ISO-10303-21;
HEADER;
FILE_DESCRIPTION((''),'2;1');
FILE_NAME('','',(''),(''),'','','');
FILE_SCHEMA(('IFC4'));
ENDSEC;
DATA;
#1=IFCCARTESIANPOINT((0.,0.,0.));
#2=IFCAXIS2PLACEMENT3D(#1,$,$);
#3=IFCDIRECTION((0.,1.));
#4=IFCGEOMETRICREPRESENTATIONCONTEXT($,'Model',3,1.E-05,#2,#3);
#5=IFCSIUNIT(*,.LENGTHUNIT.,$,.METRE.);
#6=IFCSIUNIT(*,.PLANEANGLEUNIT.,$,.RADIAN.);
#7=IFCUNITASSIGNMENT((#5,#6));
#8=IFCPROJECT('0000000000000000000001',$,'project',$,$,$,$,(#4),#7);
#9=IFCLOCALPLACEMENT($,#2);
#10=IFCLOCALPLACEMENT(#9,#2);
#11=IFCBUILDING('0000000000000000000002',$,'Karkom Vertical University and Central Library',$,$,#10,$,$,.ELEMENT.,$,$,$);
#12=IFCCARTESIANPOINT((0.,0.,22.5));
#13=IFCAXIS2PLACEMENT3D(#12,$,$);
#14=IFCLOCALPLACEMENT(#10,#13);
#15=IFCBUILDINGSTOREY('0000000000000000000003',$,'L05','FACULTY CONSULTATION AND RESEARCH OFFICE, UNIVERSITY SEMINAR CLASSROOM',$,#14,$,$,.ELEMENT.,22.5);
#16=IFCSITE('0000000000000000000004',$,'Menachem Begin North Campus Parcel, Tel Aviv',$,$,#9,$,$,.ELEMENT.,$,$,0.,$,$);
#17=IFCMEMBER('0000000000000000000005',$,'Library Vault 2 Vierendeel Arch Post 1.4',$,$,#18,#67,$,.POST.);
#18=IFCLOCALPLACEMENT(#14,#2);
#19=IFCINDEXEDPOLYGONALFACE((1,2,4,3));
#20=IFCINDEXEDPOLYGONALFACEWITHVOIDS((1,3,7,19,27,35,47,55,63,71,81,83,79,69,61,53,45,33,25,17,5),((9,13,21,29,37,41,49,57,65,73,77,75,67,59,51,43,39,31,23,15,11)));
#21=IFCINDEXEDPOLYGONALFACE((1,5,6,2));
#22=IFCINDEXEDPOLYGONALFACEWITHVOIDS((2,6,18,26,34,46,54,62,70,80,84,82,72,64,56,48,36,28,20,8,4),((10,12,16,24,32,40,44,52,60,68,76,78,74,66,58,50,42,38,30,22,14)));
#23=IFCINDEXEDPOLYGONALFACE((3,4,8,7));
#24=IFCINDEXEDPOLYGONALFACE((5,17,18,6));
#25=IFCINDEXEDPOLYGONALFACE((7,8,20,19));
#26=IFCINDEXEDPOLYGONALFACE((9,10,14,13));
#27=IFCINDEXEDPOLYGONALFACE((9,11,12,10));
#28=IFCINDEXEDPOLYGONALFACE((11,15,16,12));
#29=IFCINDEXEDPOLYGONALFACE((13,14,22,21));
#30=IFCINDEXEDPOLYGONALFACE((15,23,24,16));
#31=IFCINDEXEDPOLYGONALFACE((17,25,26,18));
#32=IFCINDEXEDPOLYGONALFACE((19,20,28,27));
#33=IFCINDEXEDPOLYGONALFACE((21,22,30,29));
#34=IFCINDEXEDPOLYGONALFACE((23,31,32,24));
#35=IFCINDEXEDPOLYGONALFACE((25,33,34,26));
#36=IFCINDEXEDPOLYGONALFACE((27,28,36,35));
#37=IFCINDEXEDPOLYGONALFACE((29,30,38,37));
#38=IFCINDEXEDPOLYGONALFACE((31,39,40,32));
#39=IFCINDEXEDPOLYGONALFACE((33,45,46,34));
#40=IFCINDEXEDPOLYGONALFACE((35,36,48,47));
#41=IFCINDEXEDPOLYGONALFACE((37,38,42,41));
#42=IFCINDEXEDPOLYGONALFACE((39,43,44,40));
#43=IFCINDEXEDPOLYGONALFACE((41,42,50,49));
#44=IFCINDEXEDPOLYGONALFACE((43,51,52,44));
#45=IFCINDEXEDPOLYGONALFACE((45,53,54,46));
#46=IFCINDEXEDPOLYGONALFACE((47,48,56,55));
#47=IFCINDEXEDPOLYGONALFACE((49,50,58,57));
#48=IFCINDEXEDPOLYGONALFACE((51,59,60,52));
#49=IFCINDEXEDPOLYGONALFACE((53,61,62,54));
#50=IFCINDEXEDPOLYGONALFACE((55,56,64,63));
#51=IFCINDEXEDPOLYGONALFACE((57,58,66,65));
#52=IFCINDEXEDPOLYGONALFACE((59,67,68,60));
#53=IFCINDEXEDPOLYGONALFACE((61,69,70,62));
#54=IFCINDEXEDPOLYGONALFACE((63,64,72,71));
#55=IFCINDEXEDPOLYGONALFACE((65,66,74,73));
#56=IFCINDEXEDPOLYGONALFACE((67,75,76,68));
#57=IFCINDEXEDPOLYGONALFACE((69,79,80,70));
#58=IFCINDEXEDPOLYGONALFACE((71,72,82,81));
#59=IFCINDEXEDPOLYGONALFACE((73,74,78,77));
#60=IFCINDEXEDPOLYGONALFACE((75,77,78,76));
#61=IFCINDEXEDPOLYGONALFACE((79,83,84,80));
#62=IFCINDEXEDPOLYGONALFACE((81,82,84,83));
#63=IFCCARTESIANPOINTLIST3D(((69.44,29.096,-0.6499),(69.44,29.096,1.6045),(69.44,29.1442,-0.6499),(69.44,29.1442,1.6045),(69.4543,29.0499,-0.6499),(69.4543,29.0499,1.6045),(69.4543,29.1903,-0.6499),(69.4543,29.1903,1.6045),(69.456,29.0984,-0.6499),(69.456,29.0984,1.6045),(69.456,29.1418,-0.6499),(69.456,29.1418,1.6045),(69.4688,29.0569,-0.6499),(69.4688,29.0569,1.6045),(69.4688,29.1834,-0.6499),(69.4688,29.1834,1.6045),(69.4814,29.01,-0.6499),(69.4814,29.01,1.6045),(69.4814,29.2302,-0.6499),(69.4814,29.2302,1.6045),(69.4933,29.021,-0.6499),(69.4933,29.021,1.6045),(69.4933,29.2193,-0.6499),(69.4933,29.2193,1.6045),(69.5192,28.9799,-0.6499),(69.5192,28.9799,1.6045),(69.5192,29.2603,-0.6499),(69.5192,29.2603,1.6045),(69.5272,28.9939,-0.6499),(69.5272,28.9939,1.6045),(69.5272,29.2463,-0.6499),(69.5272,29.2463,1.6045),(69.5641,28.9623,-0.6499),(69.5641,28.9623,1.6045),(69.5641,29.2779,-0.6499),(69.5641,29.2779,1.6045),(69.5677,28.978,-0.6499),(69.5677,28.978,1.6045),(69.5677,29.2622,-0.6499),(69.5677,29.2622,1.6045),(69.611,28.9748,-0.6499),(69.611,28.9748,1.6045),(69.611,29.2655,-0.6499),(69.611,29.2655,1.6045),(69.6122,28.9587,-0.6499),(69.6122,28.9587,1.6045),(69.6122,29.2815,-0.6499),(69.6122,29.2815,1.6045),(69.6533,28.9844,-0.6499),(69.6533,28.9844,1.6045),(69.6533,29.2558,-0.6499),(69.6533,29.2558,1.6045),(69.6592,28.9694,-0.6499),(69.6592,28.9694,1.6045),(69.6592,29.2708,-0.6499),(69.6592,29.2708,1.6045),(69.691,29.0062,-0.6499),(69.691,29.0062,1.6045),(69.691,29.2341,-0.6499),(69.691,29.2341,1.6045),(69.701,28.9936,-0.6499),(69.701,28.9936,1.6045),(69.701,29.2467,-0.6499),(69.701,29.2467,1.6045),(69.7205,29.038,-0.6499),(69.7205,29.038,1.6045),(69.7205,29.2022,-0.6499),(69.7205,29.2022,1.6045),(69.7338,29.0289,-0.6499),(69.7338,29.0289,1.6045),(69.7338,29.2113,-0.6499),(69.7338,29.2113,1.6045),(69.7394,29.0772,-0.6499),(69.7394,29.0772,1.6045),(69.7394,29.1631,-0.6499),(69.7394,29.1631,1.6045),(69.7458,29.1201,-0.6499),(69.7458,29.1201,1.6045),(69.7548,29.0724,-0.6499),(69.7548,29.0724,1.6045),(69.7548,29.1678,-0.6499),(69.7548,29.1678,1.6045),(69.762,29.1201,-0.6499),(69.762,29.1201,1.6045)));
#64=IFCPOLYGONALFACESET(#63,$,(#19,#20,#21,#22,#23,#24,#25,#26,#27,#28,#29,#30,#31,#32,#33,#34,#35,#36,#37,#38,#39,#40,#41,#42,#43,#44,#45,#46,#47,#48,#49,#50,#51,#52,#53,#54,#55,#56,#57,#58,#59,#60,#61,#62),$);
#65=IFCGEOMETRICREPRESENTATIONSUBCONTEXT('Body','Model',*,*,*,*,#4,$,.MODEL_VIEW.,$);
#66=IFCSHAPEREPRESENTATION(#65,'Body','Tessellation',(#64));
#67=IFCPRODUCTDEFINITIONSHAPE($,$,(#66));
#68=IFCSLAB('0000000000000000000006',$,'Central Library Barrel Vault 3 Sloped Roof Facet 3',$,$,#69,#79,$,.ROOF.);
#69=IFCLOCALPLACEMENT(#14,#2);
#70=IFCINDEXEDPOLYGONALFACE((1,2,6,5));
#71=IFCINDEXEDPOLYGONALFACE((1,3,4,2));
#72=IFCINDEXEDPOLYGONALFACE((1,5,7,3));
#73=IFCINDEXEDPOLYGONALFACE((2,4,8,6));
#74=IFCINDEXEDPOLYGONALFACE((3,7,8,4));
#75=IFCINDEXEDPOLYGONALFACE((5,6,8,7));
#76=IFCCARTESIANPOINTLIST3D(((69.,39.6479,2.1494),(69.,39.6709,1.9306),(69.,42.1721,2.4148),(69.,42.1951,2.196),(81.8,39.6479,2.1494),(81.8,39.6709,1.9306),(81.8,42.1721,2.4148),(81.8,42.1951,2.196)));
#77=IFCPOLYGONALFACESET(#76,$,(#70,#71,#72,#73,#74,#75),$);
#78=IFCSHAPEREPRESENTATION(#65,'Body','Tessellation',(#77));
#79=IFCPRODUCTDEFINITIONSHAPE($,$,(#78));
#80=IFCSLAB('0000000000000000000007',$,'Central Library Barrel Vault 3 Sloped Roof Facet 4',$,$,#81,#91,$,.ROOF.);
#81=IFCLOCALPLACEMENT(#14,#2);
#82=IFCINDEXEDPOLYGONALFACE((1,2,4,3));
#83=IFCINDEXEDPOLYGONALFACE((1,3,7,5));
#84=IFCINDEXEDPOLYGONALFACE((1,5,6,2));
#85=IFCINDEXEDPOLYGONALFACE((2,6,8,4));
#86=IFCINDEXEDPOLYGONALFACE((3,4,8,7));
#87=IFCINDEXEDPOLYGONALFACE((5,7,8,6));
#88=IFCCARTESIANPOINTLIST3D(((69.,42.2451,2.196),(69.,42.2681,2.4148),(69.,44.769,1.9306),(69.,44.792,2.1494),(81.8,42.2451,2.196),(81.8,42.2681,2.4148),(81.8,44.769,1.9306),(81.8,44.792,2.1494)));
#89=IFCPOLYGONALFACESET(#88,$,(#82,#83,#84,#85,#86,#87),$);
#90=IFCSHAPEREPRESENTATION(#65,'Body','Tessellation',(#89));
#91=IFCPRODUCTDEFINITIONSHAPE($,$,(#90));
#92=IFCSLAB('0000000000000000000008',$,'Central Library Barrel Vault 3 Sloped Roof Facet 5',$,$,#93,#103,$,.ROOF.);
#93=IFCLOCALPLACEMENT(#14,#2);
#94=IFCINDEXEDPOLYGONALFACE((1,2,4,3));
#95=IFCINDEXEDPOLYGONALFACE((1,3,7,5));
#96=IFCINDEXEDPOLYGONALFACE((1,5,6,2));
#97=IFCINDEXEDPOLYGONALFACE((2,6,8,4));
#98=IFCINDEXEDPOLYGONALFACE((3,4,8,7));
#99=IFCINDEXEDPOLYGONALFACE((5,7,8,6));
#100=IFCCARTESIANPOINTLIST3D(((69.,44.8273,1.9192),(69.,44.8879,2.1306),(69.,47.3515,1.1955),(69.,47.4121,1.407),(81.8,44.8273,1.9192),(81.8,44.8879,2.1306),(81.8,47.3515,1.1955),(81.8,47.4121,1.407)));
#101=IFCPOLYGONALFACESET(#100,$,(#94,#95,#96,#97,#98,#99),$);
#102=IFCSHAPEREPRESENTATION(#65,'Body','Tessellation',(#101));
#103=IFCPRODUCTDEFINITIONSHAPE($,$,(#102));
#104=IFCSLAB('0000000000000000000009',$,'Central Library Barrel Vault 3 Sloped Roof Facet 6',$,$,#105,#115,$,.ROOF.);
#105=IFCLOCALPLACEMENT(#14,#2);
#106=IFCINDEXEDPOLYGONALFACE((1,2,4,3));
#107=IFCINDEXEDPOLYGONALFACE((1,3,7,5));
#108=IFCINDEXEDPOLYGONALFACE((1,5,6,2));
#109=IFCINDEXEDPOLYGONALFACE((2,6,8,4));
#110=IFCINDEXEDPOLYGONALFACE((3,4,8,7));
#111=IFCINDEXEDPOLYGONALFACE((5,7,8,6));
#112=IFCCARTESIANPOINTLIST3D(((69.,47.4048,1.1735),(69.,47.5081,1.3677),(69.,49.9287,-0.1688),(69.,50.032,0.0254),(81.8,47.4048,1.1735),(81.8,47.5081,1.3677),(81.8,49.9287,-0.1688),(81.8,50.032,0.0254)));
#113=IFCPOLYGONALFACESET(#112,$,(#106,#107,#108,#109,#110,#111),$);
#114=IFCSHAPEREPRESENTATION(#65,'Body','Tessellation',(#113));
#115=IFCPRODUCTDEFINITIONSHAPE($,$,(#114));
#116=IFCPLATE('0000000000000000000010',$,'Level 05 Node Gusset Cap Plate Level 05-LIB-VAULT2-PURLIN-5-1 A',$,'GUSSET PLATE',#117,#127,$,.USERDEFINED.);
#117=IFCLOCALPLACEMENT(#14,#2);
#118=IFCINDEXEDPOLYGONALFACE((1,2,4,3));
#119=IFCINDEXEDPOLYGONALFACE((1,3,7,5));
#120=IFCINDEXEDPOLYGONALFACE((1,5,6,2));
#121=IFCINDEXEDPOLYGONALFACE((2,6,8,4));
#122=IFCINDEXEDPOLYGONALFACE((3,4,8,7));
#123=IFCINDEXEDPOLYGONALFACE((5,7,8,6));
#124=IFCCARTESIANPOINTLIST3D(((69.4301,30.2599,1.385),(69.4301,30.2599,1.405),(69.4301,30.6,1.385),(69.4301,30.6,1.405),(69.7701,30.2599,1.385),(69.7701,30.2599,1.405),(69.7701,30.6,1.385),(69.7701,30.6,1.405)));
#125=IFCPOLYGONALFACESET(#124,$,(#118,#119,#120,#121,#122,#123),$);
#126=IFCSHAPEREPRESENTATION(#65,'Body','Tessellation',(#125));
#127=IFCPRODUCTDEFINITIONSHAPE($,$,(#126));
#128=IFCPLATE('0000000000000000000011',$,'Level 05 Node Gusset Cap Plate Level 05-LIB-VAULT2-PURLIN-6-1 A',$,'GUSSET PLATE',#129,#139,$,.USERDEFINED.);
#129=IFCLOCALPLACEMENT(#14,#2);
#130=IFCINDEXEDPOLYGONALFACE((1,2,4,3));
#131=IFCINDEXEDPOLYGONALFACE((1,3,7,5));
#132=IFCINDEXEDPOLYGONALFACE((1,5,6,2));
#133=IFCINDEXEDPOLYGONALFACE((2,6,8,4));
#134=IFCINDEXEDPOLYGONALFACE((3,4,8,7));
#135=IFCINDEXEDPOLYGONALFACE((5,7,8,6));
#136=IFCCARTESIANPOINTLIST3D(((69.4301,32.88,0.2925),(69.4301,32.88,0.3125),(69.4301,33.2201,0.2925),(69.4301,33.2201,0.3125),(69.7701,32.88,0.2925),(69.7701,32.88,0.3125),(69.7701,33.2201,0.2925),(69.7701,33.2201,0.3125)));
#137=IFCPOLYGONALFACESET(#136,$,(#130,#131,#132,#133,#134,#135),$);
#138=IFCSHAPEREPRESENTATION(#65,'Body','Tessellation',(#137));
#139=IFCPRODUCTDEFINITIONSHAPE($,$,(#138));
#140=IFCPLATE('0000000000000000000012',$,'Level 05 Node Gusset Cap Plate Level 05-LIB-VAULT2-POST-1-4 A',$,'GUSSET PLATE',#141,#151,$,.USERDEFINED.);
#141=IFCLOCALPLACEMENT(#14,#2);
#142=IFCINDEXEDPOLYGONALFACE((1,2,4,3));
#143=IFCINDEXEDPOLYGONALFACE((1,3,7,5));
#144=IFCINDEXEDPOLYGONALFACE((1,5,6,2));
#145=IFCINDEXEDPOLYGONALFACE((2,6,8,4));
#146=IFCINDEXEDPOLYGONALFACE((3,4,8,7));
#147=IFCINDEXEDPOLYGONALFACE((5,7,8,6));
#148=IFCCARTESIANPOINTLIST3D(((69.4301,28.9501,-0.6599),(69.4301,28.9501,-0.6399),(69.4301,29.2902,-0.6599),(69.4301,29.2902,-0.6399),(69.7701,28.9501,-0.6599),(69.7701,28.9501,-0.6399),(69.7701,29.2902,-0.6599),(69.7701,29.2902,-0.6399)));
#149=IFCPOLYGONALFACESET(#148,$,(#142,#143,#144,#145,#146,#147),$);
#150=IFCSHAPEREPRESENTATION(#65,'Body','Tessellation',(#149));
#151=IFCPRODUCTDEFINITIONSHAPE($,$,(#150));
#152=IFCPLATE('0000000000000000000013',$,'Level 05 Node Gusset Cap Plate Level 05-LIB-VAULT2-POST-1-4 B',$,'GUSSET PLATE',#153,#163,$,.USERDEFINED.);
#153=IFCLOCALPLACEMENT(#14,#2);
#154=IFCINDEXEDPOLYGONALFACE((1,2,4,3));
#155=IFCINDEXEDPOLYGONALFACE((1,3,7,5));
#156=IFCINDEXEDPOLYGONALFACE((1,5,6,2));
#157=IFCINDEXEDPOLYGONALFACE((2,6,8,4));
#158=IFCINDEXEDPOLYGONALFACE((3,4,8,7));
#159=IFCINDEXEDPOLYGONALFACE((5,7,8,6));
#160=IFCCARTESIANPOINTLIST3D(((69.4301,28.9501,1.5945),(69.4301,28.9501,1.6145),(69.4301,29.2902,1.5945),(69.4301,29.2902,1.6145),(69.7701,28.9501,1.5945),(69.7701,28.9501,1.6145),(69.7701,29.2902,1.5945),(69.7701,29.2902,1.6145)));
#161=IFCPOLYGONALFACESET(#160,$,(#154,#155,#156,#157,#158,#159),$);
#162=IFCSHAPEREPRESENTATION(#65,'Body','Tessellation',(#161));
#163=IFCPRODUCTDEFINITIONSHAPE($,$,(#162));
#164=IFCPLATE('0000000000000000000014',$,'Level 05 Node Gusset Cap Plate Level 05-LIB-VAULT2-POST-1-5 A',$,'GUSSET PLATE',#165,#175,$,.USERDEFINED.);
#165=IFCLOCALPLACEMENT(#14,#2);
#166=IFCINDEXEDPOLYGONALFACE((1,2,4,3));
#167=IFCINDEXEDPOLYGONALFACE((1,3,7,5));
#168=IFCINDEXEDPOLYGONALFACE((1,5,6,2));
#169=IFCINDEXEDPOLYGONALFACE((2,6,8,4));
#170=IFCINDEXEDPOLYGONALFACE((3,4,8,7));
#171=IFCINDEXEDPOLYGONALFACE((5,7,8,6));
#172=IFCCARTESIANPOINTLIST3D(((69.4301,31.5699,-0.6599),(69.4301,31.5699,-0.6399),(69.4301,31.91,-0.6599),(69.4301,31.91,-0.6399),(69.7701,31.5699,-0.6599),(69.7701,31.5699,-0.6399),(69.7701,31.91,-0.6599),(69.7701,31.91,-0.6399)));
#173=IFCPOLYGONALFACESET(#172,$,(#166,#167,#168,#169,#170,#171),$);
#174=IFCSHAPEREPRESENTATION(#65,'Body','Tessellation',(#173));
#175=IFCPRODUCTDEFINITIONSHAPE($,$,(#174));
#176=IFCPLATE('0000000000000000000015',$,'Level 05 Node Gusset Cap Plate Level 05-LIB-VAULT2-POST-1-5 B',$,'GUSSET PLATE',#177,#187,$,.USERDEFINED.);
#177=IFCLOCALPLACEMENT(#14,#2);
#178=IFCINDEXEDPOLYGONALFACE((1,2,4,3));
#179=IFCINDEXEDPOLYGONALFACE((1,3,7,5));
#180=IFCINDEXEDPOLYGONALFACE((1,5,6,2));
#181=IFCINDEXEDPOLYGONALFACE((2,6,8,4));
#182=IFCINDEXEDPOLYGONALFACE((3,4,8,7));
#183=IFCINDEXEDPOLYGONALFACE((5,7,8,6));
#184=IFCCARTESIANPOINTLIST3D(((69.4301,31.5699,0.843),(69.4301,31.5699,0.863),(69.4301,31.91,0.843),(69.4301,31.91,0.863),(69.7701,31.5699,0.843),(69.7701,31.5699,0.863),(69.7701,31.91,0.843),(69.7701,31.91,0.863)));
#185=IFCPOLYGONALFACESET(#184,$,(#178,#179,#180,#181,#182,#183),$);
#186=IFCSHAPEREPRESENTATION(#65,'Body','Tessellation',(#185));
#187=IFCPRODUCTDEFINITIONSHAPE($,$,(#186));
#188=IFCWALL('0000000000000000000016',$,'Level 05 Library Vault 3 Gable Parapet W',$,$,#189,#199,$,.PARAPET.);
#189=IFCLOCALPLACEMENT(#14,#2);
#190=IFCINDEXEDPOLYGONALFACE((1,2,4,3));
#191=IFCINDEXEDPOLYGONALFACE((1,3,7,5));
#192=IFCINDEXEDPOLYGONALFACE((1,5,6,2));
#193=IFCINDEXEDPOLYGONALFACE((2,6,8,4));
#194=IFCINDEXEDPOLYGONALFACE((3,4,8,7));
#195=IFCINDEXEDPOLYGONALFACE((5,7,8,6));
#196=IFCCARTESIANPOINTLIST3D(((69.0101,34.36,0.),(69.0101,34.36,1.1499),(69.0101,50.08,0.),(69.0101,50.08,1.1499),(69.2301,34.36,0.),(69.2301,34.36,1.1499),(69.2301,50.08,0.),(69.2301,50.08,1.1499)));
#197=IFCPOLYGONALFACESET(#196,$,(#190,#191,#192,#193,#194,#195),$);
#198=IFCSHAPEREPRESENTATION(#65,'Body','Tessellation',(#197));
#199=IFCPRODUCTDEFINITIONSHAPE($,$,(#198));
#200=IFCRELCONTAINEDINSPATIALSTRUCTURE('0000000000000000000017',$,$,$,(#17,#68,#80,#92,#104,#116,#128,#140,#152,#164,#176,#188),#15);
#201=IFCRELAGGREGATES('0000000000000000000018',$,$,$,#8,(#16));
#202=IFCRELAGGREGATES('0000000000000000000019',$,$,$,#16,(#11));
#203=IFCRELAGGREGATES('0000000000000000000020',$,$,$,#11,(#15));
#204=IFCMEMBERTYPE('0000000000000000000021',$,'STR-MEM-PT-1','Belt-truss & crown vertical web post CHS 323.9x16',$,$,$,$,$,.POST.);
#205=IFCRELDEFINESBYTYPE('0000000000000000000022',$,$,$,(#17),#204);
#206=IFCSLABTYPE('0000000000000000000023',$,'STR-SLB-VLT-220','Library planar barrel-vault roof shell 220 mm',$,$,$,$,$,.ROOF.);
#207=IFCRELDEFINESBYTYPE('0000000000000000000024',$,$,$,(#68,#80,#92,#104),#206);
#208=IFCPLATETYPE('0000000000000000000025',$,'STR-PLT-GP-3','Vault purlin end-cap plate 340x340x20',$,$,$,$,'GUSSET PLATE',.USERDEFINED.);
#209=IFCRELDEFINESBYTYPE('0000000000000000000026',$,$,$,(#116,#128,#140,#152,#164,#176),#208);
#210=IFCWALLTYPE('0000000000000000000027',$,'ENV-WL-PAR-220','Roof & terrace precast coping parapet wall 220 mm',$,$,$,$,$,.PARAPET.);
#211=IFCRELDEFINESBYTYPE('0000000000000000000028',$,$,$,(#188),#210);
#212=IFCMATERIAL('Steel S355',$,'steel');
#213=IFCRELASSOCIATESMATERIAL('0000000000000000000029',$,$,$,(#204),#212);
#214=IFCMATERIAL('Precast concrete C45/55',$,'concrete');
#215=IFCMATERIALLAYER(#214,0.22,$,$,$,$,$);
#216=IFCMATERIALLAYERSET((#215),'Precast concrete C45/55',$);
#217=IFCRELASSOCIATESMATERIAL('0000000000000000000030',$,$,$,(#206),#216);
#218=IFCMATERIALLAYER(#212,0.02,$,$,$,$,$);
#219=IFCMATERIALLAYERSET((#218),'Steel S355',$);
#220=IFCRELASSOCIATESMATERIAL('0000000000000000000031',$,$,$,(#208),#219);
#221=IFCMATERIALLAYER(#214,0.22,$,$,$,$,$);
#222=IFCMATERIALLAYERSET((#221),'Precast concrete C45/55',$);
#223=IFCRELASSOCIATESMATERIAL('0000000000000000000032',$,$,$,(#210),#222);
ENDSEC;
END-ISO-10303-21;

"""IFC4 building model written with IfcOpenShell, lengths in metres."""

from ifc_helpers import new_model, si_unit, direction, frame, frame_2d, origin, origin_with_axes, origin_2d, place, context, subcontext, project, spatial, polyline, rectangle, hollow_circle, outline, extrude, source, transform, mapped, material, layer, layer_set, material_profile, profile_set, type_object, element, save


model = new_model("IFC4")

# Units and contexts
model_context = context("Model", 3, precision=1e-05, world=origin(), true_north=direction((0.0, 1.0)))
body_context = subcontext(model_context, "Body", "Model", "MODEL_VIEW")
ifc_project = project(units=[si_unit("LENGTHUNIT", "METRE"), si_unit("PLANEANGLEUNIT", "RADIAN")], contexts=[model_context])

# Site, building, storey
site_placement = place(None, origin())
site = spatial("IfcSite", under=ifc_project, at=site_placement, Name="Menachem Begin North Campus Parcel, Tel Aviv", CompositionType="ELEMENT", RefElevation=0.0)
building_placement = place(site_placement, origin())
building = spatial("IfcBuilding", under=site, at=building_placement, Name="Karkom Vertical University and Central Library", CompositionType="ELEMENT")
storey_placement = place(building_placement, frame((0.0, 0.0, 22.5)))
storey = spatial("IfcBuildingStorey", under=building, at=storey_placement, Name="L05", Description="FACULTY CONSULTATION AND RESEARCH OFFICE, UNIVERSITY SEMINAR CLASSROOM", CompositionType="ELEMENT", Elevation=22.5)

# Member
ifc_material_1 = material(Name="Steel S355", Category="steel")
ifc_material_profile_1 = material_profile(ifc_material_1, hollow_circle(Radius=0.1619, WallThickness=0.0161, at=origin_2d()), Name="CHS 323.9x16")
ifc_profile_set_1 = profile_set([ifc_material_profile_1], Name="Steel S355")
member_type_1 = type_object("IfcMemberType", Name="STR-MEM-PT-1", Description="Belt-truss & crown vertical web post CHS 323.9x16", PredefinedType="POST", material=ifc_profile_set_1)
shared_shape_1 = source(origin_with_axes(), body_context, "Body", "SweptSolid", [
    extrude(hollow_circle(Radius=0.1619, WallThickness=0.0161, at=origin_2d()), origin(), (0.0, 0.0, 1.0), 2.2544),
])
member_1_placement = place(storey_placement, frame((69.6001, 29.1201, -0.6499), z_axis=(0.0, 0.0, 1.0), x_axis=(1.0, 0.0, 0.0)))
element("IfcMember", 1, at=member_1_placement, inside=storey, type_object=member_type_1, Name="Library Vault 2 Vierendeel Arch Post 1.4", PredefinedType="POST", context=body_context, shape_type="MappedRepresentation", body=[
    mapped(shared_shape_1, transform((0.0, 0.0, 0.0), scale=1.0)),
])

# Slabs
ifc_material_2 = material(Name="Precast concrete C45/55", Category="concrete")
ifc_layer_1 = layer(ifc_material_2, 0.22)
ifc_layer_set_1 = layer_set([ifc_layer_1], Name="Precast concrete C45/55")
slab_type = type_object("IfcSlabType", Name="STR-SLB-VLT-220", Description="Library planar barrel-vault roof shell 220 mm", PredefinedType="ROOF", material=ifc_layer_set_1)
slab_1_placement = place(storey_placement, frame((69.0, 39.6479, 2.1494), z_axis=(0.0, -0.10456, 0.994519), x_axis=(1.0, 0.0, 0.0)))
element("IfcSlab", 2, at=slab_1_placement, inside=storey, type_object=slab_type, Name="Central Library Barrel Vault 3 Sloped Roof Facet 3", PredefinedType="ROOF", context=body_context, shape_type="SweptSolid", body=[
    extrude(outline(polyline([(0.0, 0.0), (12.8, 0.0), (12.8, 2.5381), (0.0, 2.5381), (0.0, 0.0)])), origin(), (0.0, 0.0, -1.0), 0.22),
])
slab_2_placement = place(storey_placement, frame((69.0, 42.2681, 2.4148), z_axis=(0.0, 0.10457, 0.994518), x_axis=(1.0, 0.0, 0.0)))
element("IfcSlab", 3, at=slab_2_placement, inside=storey, type_object=slab_type, Name="Central Library Barrel Vault 3 Sloped Roof Facet 4", PredefinedType="ROOF", context=body_context, shape_type="SweptSolid", body=[
    extrude(outline(polyline([(0.0, 0.0), (12.8, 0.0), (12.8, 2.5378), (0.0, 2.5378), (0.0, 0.0)])), origin(), (0.0, 0.0, -1.0), 0.22),
])
slab_3_placement = place(storey_placement, frame((69.0, 44.8879, 2.1306), z_axis=(0.0, 0.275581, 0.961278), x_axis=(1.0, 0.0, 0.0)))
element("IfcSlab", 4, at=slab_3_placement, inside=storey, type_object=slab_type, Name="Central Library Barrel Vault 3 Sloped Roof Facet 5", PredefinedType="ROOF", context=body_context, shape_type="SweptSolid", body=[
    extrude(outline(polyline([(0.0, 0.0), (12.8, 0.0), (12.8, 2.6258), (0.0, 2.6258), (0.0, 0.0)])), origin(), (0.0, 0.0, -1.0), 0.22),
])
slab_4_placement = place(storey_placement, frame((69.0, 47.5081, 1.3677), z_axis=(0.0, 0.469551, 0.882906), x_axis=(1.0, 0.0, 0.0)))
element("IfcSlab", 5, at=slab_4_placement, inside=storey, type_object=slab_type, Name="Central Library Barrel Vault 3 Sloped Roof Facet 6", PredefinedType="ROOF", context=body_context, shape_type="SweptSolid", body=[
    extrude(outline(polyline([(0.0, 0.0), (12.8, 0.0), (12.8, 2.8587), (0.0, 2.8587), (0.0, 0.0)])), origin(), (0.0, 0.0, -1.0), 0.22),
])

# Plates
ifc_layer_2 = layer(ifc_material_1, 0.02)
ifc_layer_set_2 = layer_set([ifc_layer_2], Name="Steel S355")
plate_type = type_object("IfcPlateType", Name="STR-PLT-GP-3", Description="Vault purlin end-cap plate 340x340x20", ElementType="GUSSET PLATE", PredefinedType="USERDEFINED", material=ifc_layer_set_2)
shared_shape_2 = source(origin_with_axes(), body_context, "Body", "SweptSolid", [
    extrude(rectangle(XDim=0.3401, YDim=0.3401, at=origin_2d()), origin(), (0.0, 0.0, 1.0), 0.02),
])
for number, where, z_axis, x_axis, name in (
    (6, (69.6001, 30.4299, 1.385), (0.0, 0.0, 1.0), (1.0, 0.0, 0.0), "Level 05 Node Gusset Cap Plate Level 05-LIB-VAULT2-PURLIN-5-1 A"),
    (7, (69.6001, 33.05, 0.2925), (0.0, 0.0, 1.0), (1.0, 0.0, 0.0), "Level 05 Node Gusset Cap Plate Level 05-LIB-VAULT2-PURLIN-6-1 A"),
    (8, (69.6001, 29.1201, -0.6599), (0.0, 0.0, 1.0), (1.0, 0.0, 0.0), "Level 05 Node Gusset Cap Plate Level 05-LIB-VAULT2-POST-1-4 A"),
    (9, (69.6001, 29.1201, 1.5945), (0.0, 0.0, 1.0), (1.0, 0.0, 0.0), "Level 05 Node Gusset Cap Plate Level 05-LIB-VAULT2-POST-1-4 B"),
    (10, (69.6001, 31.74, -0.6599), (0.0, 0.0, 1.0), (1.0, 0.0, 0.0), "Level 05 Node Gusset Cap Plate Level 05-LIB-VAULT2-POST-1-5 A"),
    (11, (69.6001, 31.74, 0.843), (0.0, 0.0, 1.0), (1.0, 0.0, 0.0), "Level 05 Node Gusset Cap Plate Level 05-LIB-VAULT2-POST-1-5 B"),
):
    element("IfcPlate", number, at=place(storey_placement, frame(where, z_axis=z_axis, x_axis=x_axis)), inside=storey, type_object=plate_type, Name=name, ObjectType="GUSSET PLATE", PredefinedType="USERDEFINED", context=body_context, shape_type="MappedRepresentation", body=[
        mapped(shared_shape_2, transform((0.0, 0.0, 0.0), scale=1.0)),
    ])

# Wall
ifc_layer_3 = layer(ifc_material_2, 0.22)
ifc_layer_set_3 = layer_set([ifc_layer_3], Name="Precast concrete C45/55")
wall_type = type_object("IfcWallType", Name="ENV-WL-PAR-220", Description="Roof & terrace precast coping parapet wall 220 mm", PredefinedType="PARAPET", material=ifc_layer_set_3)
wall_placement = place(storey_placement, frame((69.1201, 34.3601, 0.0), z_axis=(0.0, 0.0, 1.0), x_axis=(0.0, 1.0, 0.0)))
element("IfcWall", 12, at=wall_placement, inside=storey, type_object=wall_type, Name="Level 05 Library Vault 3 Gable Parapet W", PredefinedType="PARAPET", context=body_context, shape_type="SweptSolid", body=[
    extrude(rectangle(XDim=15.72, YDim=0.22, at=frame_2d((7.8599, 0.0))), origin(), (0.0, 0.0, 1.0), 1.1499),
])

save(model, "model.ifc")
